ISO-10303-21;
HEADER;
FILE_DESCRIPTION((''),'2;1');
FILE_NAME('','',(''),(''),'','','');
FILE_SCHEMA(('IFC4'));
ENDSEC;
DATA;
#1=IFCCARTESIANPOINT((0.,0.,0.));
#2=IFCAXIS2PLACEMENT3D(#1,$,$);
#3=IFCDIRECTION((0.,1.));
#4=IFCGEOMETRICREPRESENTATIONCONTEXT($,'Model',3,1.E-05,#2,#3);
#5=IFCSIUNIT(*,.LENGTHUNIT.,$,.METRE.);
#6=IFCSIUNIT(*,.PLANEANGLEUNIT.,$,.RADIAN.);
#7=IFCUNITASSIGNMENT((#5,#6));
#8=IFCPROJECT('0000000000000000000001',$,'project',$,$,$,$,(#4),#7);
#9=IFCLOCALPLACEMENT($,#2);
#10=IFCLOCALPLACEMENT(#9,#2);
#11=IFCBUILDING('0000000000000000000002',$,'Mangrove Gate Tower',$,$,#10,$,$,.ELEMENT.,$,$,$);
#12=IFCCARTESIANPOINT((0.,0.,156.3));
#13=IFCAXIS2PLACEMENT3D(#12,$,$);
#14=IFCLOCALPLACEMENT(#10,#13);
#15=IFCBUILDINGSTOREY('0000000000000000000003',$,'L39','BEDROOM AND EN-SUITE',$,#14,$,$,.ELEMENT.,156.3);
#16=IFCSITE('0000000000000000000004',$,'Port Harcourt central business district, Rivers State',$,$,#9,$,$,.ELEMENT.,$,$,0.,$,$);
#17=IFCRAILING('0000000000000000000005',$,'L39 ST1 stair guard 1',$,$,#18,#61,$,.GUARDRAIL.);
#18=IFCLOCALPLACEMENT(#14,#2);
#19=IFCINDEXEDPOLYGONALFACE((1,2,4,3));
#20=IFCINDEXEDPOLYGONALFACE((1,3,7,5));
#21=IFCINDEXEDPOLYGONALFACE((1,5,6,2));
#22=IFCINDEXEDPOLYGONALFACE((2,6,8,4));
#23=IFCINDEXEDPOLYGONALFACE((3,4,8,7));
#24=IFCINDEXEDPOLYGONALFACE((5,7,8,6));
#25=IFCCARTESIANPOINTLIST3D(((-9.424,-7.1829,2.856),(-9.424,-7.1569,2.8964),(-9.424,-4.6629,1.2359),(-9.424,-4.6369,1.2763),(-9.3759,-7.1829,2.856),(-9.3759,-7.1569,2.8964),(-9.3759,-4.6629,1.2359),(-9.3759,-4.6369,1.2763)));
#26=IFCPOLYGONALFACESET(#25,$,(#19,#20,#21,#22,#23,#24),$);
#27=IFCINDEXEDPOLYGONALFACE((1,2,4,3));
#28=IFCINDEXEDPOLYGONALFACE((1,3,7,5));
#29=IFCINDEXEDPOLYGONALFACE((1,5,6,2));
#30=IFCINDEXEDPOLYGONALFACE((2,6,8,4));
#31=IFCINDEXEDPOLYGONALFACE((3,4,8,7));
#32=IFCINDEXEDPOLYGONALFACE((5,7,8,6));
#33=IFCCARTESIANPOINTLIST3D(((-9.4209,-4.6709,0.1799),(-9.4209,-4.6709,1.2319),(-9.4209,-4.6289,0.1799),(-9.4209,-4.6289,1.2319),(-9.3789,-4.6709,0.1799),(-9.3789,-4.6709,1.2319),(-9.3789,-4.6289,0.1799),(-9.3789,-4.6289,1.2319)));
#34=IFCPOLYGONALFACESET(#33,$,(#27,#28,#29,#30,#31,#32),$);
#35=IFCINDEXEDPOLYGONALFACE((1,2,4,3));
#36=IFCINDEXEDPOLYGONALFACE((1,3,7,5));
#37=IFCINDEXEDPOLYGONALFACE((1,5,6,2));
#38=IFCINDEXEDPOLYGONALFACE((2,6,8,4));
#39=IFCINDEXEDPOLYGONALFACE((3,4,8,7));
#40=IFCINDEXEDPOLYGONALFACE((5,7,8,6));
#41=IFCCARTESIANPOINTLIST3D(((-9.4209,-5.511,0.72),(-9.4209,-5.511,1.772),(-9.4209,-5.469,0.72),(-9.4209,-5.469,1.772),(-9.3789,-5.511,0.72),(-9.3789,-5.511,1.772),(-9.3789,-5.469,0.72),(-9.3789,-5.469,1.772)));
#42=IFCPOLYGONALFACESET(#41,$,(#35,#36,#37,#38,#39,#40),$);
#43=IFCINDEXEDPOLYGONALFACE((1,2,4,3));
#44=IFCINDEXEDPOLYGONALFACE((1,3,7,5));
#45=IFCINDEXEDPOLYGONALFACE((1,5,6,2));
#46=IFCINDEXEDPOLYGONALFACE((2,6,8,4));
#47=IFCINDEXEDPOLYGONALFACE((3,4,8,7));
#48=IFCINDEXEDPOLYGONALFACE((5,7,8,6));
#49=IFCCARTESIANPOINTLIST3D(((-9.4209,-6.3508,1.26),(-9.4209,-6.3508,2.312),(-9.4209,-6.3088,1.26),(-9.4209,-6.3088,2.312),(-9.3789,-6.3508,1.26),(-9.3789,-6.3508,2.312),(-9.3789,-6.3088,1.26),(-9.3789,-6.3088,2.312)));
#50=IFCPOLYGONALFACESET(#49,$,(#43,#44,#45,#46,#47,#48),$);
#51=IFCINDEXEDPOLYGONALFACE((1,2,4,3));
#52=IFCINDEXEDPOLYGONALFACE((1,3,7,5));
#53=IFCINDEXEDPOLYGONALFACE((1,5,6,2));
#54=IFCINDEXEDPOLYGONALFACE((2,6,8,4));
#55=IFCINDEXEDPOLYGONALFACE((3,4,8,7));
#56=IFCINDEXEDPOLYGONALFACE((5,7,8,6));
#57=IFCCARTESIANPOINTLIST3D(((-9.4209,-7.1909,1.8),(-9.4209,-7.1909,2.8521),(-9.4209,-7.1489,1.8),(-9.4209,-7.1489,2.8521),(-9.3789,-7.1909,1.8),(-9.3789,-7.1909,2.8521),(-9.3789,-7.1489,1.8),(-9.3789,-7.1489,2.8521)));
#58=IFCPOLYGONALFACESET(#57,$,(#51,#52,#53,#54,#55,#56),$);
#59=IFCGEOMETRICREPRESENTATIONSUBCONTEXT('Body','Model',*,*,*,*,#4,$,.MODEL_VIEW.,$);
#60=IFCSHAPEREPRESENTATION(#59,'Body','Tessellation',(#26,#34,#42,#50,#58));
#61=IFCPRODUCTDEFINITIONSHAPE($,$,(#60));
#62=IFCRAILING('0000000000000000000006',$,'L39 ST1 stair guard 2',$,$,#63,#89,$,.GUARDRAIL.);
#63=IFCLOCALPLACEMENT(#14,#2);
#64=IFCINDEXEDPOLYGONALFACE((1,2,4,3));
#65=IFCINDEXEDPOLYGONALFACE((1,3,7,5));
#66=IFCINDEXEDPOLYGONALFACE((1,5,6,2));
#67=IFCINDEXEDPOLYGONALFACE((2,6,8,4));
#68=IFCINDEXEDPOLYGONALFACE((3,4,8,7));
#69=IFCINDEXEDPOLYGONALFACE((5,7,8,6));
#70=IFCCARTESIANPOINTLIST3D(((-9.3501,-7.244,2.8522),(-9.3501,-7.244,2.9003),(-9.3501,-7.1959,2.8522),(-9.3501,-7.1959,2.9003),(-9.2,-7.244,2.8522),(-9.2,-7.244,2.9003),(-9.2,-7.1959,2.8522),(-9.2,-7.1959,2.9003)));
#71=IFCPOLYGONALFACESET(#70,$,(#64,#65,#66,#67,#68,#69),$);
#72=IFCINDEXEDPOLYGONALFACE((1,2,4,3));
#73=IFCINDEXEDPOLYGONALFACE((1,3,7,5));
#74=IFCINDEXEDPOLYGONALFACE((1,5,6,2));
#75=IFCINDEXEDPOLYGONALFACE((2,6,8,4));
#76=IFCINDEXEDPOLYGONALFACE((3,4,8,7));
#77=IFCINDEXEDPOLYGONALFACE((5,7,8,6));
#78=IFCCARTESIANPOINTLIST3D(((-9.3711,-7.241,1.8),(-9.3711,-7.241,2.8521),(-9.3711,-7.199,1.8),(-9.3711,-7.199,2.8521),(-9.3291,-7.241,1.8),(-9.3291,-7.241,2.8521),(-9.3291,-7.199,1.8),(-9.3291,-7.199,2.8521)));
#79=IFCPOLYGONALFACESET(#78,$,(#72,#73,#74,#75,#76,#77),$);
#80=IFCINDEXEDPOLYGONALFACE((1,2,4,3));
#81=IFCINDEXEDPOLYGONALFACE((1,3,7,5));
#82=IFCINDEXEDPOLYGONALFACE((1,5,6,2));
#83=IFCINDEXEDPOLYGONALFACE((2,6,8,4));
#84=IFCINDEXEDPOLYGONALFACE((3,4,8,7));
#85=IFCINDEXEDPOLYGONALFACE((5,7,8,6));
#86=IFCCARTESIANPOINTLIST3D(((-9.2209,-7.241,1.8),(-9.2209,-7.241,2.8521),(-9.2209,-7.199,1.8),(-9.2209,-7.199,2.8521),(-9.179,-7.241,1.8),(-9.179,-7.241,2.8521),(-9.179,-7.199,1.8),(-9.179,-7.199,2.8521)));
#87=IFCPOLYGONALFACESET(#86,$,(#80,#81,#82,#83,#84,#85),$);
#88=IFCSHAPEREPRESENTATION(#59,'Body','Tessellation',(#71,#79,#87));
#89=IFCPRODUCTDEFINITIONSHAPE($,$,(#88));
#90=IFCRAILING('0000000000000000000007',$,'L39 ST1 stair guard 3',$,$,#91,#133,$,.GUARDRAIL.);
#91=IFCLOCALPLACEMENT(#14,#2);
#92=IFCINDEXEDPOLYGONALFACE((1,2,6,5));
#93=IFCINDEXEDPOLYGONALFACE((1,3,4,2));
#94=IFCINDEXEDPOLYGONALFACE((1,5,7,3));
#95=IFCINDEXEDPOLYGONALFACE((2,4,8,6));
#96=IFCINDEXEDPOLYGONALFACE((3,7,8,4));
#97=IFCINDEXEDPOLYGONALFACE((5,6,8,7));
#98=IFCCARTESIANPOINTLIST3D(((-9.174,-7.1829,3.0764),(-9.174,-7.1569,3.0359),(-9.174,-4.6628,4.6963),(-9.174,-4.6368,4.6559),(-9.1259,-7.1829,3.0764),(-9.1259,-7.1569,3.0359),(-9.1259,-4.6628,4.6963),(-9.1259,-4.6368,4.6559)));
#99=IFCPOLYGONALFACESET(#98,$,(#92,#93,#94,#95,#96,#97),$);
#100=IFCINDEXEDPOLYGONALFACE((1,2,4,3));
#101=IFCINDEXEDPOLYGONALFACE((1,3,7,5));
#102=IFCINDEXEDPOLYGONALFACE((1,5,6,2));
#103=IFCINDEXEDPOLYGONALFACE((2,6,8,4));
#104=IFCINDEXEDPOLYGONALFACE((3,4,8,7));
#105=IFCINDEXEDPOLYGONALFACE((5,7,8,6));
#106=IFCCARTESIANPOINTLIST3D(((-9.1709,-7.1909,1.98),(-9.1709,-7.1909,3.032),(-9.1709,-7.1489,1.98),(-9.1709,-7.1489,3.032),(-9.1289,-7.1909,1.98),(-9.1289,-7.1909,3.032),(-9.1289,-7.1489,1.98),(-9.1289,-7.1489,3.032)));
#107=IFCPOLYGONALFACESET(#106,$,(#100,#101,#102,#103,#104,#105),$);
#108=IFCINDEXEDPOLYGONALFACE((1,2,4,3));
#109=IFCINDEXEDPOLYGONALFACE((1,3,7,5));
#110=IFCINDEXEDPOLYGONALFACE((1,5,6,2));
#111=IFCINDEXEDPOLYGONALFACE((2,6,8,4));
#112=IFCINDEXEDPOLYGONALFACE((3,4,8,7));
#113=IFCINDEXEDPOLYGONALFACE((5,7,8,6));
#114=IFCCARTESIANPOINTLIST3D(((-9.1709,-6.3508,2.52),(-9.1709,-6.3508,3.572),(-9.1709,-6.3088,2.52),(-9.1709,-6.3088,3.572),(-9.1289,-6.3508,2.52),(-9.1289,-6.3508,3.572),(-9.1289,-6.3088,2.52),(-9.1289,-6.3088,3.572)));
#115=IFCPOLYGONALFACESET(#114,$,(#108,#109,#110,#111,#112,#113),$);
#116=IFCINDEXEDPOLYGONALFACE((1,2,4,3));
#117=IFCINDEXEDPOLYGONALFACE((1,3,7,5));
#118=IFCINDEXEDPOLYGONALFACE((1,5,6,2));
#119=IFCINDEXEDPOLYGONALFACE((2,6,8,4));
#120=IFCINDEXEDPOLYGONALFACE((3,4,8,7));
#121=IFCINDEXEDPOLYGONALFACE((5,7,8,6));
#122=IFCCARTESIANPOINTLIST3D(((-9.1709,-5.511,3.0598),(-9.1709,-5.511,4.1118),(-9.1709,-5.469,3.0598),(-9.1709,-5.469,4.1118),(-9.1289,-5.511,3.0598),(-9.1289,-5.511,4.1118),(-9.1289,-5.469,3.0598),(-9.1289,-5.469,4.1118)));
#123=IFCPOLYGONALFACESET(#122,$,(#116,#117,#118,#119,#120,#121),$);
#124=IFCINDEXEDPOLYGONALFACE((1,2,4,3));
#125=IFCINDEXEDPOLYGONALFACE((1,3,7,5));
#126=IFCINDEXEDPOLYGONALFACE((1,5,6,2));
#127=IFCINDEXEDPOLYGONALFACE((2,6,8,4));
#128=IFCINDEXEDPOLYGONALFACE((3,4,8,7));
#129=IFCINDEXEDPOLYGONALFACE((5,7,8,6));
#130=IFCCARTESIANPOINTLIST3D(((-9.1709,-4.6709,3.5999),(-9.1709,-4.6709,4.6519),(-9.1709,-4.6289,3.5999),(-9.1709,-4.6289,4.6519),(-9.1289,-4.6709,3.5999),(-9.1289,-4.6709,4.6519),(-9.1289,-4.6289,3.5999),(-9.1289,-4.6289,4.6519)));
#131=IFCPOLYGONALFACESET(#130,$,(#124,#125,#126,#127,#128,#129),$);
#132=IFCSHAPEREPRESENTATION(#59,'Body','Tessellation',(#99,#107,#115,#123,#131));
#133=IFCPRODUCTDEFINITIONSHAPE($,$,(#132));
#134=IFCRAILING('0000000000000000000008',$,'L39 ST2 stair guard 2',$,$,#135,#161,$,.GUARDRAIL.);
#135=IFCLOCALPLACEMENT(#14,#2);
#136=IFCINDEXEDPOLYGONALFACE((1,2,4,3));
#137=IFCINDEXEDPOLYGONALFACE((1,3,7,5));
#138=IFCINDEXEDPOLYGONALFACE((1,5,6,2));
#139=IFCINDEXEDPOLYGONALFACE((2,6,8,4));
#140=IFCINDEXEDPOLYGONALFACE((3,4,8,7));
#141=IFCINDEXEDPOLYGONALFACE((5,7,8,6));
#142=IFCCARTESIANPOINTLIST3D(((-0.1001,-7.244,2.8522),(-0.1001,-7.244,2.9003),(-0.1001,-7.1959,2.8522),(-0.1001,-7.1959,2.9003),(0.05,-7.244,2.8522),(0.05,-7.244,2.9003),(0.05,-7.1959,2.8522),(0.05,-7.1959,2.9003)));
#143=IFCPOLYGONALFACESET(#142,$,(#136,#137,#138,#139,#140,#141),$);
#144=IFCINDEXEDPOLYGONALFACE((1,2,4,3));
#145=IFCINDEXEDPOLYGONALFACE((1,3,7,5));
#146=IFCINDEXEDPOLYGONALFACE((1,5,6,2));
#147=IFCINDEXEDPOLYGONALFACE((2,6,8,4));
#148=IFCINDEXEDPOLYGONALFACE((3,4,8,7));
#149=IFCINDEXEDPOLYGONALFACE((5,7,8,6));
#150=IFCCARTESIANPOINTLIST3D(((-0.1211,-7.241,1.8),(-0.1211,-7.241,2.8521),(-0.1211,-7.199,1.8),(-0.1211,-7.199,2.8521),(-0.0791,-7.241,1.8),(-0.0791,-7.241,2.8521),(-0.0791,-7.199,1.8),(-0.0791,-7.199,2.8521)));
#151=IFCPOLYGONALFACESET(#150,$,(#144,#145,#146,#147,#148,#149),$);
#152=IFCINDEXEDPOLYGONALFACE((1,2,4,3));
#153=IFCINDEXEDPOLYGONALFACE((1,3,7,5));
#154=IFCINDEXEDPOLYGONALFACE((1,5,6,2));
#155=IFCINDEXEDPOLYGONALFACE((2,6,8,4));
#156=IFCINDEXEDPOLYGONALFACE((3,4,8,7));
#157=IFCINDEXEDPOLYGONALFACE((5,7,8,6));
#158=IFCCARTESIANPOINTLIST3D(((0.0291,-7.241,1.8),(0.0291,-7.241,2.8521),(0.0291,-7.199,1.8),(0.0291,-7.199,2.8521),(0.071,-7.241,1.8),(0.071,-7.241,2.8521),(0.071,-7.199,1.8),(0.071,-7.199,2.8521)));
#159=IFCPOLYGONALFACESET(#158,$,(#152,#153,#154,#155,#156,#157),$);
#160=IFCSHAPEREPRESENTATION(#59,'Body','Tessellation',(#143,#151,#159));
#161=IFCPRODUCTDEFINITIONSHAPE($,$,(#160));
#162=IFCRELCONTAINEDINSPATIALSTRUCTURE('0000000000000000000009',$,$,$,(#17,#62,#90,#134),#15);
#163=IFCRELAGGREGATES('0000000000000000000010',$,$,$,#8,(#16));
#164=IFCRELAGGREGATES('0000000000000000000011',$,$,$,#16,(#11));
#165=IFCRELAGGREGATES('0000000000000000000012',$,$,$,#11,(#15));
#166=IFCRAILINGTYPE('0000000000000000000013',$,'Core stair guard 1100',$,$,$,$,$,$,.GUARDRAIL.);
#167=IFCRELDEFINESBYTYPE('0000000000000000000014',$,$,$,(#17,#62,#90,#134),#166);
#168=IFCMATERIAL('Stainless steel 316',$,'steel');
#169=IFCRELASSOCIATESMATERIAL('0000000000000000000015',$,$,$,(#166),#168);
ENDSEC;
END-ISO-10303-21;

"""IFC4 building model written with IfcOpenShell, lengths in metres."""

from ifc_helpers import new_model, si_unit, direction, frame, origin, origin_2d, place, context, subcontext, project, spatial, rectangle, extrude, material, type_object, element, save


model = new_model("IFC4")

# Units and contexts
model_context = context("Model", 3, precision=1e-05, world=origin(), true_north=direction((0.0, 1.0)))
body_context = subcontext(model_context, "Body", "Model", "MODEL_VIEW")
ifc_project = project(units=[si_unit("LENGTHUNIT", "METRE"), si_unit("PLANEANGLEUNIT", "RADIAN")], contexts=[model_context])

# Site, building, storey
site_placement = place(None, origin())
site = spatial("IfcSite", under=ifc_project, at=site_placement, Name="Port Harcourt central business district, Rivers State", CompositionType="ELEMENT", RefElevation=0.0)
building_placement = place(site_placement, origin())
building = spatial("IfcBuilding", under=site, at=building_placement, Name="Mangrove Gate Tower", CompositionType="ELEMENT")
storey_placement = place(building_placement, frame((0.0, 0.0, 156.3)))
storey = spatial("IfcBuildingStorey", under=building, at=storey_placement, Name="L39", Description="BEDROOM AND EN-SUITE", CompositionType="ELEMENT", Elevation=156.3)

# Railings
ifc_material_1 = material(Name="Stainless steel 316", Category="steel")
railing_type_1 = type_object("IfcRailingType", Name="Core stair guard 1100", PredefinedType="GUARDRAIL", material=ifc_material_1)
railing_1_placement = place(storey_placement, frame((-9.3999, -4.6499, 0.1799)))
element("IfcRailing", 1, at=railing_1_placement, inside=storey, type_object=railing_type_1, Name="L39 ST1 stair guard 1", PredefinedType="GUARDRAIL", context=body_context, shape_type="SweptSolid", body=[
    extrude(rectangle(XDim=0.0481, YDim=0.0481, at=origin_2d()), frame((0.0, 0.0, 1.0762), z_axis=(0.0, -0.841163, 0.540782), x_axis=(1.0, 0.0, 0.0)), (0.0, 0.0, 1.0), 2.9958),
    extrude(rectangle(XDim=0.042, YDim=0.042, at=origin_2d()), origin(), (0.0, 0.0, 1.0), 1.052),
    extrude(rectangle(XDim=0.042, YDim=0.042, at=origin_2d()), frame((0.0, -0.8401, 0.54)), (0.0, 0.0, 1.0), 1.052),
    extrude(rectangle(XDim=0.042, YDim=0.042, at=origin_2d()), frame((0.0, -1.6799, 1.0801)), (0.0, 0.0, 1.0), 1.052),
    extrude(rectangle(XDim=0.042, YDim=0.042, at=origin_2d()), frame((0.0, -2.52, 1.6201)), (0.0, 0.0, 1.0), 1.052),
])
railing_2_placement = place(storey_placement, frame((-9.3501, -7.22, 1.8)))
element("IfcRailing", 2, at=railing_2_placement, inside=storey, type_object=railing_type_1, Name="L39 ST1 stair guard 2", PredefinedType="GUARDRAIL", context=body_context, shape_type="SweptSolid", body=[
    extrude(rectangle(XDim=0.0481, YDim=0.0481, at=origin_2d()), frame((0.0, 0.0, 1.0762), z_axis=(1.0, 0.0, 0.0), x_axis=(0.0, 1.0, 0.0)), (0.0, 0.0, 1.0), 0.1501),
    extrude(rectangle(XDim=0.042, YDim=0.042, at=origin_2d()), origin(), (0.0, 0.0, 1.0), 1.052),
    extrude(rectangle(XDim=0.042, YDim=0.042, at=origin_2d()), frame((0.1501, 0.0, 0.0)), (0.0, 0.0, 1.0), 1.052),
])
railing_3_placement = place(storey_placement, frame((-9.1499, -7.1699, 1.98)))
element("IfcRailing", 3, at=railing_3_placement, inside=storey, type_object=railing_type_1, Name="L39 ST1 stair guard 3", PredefinedType="GUARDRAIL", context=body_context, shape_type="SweptSolid", body=[
    extrude(rectangle(XDim=0.0481, YDim=0.0481, at=origin_2d()), frame((0.0, 0.0, 1.0762), z_axis=(0.0, 0.8412, 0.540725), x_axis=(-1.0, 0.0, 0.0)), (0.0, 0.0, 1.0), 2.9958),
    extrude(rectangle(XDim=0.042, YDim=0.042, at=origin_2d()), origin(), (0.0, 0.0, 1.0), 1.052),
    extrude(rectangle(XDim=0.042, YDim=0.042, at=origin_2d()), frame((0.0, 0.8401, 0.54)), (0.0, 0.0, 1.0), 1.052),
    extrude(rectangle(XDim=0.042, YDim=0.042, at=origin_2d()), frame((0.0, 1.6799, 1.0798)), (0.0, 0.0, 1.0), 1.052),
    extrude(rectangle(XDim=0.042, YDim=0.042, at=origin_2d()), frame((0.0, 2.52, 1.6199)), (0.0, 0.0, 1.0), 1.052),
])
railing_4_placement = place(storey_placement, frame((-0.1001, -7.22, 1.8)))
element("IfcRailing", 4, at=railing_4_placement, inside=storey, type_object=railing_type_1, Name="L39 ST2 stair guard 2", PredefinedType="GUARDRAIL", context=body_context, shape_type="SweptSolid", body=[
    extrude(rectangle(XDim=0.0481, YDim=0.0481, at=origin_2d()), frame((0.0, 0.0, 1.0762), z_axis=(1.0, 0.0, 0.0), x_axis=(0.0, 1.0, 0.0)), (0.0, 0.0, 1.0), 0.1501),
    extrude(rectangle(XDim=0.042, YDim=0.042, at=origin_2d()), origin(), (0.0, 0.0, 1.0), 1.052),
    extrude(rectangle(XDim=0.042, YDim=0.042, at=origin_2d()), frame((0.1501, 0.0, 0.0)), (0.0, 0.0, 1.0), 1.052),
])

save(model, "model.ifc")
